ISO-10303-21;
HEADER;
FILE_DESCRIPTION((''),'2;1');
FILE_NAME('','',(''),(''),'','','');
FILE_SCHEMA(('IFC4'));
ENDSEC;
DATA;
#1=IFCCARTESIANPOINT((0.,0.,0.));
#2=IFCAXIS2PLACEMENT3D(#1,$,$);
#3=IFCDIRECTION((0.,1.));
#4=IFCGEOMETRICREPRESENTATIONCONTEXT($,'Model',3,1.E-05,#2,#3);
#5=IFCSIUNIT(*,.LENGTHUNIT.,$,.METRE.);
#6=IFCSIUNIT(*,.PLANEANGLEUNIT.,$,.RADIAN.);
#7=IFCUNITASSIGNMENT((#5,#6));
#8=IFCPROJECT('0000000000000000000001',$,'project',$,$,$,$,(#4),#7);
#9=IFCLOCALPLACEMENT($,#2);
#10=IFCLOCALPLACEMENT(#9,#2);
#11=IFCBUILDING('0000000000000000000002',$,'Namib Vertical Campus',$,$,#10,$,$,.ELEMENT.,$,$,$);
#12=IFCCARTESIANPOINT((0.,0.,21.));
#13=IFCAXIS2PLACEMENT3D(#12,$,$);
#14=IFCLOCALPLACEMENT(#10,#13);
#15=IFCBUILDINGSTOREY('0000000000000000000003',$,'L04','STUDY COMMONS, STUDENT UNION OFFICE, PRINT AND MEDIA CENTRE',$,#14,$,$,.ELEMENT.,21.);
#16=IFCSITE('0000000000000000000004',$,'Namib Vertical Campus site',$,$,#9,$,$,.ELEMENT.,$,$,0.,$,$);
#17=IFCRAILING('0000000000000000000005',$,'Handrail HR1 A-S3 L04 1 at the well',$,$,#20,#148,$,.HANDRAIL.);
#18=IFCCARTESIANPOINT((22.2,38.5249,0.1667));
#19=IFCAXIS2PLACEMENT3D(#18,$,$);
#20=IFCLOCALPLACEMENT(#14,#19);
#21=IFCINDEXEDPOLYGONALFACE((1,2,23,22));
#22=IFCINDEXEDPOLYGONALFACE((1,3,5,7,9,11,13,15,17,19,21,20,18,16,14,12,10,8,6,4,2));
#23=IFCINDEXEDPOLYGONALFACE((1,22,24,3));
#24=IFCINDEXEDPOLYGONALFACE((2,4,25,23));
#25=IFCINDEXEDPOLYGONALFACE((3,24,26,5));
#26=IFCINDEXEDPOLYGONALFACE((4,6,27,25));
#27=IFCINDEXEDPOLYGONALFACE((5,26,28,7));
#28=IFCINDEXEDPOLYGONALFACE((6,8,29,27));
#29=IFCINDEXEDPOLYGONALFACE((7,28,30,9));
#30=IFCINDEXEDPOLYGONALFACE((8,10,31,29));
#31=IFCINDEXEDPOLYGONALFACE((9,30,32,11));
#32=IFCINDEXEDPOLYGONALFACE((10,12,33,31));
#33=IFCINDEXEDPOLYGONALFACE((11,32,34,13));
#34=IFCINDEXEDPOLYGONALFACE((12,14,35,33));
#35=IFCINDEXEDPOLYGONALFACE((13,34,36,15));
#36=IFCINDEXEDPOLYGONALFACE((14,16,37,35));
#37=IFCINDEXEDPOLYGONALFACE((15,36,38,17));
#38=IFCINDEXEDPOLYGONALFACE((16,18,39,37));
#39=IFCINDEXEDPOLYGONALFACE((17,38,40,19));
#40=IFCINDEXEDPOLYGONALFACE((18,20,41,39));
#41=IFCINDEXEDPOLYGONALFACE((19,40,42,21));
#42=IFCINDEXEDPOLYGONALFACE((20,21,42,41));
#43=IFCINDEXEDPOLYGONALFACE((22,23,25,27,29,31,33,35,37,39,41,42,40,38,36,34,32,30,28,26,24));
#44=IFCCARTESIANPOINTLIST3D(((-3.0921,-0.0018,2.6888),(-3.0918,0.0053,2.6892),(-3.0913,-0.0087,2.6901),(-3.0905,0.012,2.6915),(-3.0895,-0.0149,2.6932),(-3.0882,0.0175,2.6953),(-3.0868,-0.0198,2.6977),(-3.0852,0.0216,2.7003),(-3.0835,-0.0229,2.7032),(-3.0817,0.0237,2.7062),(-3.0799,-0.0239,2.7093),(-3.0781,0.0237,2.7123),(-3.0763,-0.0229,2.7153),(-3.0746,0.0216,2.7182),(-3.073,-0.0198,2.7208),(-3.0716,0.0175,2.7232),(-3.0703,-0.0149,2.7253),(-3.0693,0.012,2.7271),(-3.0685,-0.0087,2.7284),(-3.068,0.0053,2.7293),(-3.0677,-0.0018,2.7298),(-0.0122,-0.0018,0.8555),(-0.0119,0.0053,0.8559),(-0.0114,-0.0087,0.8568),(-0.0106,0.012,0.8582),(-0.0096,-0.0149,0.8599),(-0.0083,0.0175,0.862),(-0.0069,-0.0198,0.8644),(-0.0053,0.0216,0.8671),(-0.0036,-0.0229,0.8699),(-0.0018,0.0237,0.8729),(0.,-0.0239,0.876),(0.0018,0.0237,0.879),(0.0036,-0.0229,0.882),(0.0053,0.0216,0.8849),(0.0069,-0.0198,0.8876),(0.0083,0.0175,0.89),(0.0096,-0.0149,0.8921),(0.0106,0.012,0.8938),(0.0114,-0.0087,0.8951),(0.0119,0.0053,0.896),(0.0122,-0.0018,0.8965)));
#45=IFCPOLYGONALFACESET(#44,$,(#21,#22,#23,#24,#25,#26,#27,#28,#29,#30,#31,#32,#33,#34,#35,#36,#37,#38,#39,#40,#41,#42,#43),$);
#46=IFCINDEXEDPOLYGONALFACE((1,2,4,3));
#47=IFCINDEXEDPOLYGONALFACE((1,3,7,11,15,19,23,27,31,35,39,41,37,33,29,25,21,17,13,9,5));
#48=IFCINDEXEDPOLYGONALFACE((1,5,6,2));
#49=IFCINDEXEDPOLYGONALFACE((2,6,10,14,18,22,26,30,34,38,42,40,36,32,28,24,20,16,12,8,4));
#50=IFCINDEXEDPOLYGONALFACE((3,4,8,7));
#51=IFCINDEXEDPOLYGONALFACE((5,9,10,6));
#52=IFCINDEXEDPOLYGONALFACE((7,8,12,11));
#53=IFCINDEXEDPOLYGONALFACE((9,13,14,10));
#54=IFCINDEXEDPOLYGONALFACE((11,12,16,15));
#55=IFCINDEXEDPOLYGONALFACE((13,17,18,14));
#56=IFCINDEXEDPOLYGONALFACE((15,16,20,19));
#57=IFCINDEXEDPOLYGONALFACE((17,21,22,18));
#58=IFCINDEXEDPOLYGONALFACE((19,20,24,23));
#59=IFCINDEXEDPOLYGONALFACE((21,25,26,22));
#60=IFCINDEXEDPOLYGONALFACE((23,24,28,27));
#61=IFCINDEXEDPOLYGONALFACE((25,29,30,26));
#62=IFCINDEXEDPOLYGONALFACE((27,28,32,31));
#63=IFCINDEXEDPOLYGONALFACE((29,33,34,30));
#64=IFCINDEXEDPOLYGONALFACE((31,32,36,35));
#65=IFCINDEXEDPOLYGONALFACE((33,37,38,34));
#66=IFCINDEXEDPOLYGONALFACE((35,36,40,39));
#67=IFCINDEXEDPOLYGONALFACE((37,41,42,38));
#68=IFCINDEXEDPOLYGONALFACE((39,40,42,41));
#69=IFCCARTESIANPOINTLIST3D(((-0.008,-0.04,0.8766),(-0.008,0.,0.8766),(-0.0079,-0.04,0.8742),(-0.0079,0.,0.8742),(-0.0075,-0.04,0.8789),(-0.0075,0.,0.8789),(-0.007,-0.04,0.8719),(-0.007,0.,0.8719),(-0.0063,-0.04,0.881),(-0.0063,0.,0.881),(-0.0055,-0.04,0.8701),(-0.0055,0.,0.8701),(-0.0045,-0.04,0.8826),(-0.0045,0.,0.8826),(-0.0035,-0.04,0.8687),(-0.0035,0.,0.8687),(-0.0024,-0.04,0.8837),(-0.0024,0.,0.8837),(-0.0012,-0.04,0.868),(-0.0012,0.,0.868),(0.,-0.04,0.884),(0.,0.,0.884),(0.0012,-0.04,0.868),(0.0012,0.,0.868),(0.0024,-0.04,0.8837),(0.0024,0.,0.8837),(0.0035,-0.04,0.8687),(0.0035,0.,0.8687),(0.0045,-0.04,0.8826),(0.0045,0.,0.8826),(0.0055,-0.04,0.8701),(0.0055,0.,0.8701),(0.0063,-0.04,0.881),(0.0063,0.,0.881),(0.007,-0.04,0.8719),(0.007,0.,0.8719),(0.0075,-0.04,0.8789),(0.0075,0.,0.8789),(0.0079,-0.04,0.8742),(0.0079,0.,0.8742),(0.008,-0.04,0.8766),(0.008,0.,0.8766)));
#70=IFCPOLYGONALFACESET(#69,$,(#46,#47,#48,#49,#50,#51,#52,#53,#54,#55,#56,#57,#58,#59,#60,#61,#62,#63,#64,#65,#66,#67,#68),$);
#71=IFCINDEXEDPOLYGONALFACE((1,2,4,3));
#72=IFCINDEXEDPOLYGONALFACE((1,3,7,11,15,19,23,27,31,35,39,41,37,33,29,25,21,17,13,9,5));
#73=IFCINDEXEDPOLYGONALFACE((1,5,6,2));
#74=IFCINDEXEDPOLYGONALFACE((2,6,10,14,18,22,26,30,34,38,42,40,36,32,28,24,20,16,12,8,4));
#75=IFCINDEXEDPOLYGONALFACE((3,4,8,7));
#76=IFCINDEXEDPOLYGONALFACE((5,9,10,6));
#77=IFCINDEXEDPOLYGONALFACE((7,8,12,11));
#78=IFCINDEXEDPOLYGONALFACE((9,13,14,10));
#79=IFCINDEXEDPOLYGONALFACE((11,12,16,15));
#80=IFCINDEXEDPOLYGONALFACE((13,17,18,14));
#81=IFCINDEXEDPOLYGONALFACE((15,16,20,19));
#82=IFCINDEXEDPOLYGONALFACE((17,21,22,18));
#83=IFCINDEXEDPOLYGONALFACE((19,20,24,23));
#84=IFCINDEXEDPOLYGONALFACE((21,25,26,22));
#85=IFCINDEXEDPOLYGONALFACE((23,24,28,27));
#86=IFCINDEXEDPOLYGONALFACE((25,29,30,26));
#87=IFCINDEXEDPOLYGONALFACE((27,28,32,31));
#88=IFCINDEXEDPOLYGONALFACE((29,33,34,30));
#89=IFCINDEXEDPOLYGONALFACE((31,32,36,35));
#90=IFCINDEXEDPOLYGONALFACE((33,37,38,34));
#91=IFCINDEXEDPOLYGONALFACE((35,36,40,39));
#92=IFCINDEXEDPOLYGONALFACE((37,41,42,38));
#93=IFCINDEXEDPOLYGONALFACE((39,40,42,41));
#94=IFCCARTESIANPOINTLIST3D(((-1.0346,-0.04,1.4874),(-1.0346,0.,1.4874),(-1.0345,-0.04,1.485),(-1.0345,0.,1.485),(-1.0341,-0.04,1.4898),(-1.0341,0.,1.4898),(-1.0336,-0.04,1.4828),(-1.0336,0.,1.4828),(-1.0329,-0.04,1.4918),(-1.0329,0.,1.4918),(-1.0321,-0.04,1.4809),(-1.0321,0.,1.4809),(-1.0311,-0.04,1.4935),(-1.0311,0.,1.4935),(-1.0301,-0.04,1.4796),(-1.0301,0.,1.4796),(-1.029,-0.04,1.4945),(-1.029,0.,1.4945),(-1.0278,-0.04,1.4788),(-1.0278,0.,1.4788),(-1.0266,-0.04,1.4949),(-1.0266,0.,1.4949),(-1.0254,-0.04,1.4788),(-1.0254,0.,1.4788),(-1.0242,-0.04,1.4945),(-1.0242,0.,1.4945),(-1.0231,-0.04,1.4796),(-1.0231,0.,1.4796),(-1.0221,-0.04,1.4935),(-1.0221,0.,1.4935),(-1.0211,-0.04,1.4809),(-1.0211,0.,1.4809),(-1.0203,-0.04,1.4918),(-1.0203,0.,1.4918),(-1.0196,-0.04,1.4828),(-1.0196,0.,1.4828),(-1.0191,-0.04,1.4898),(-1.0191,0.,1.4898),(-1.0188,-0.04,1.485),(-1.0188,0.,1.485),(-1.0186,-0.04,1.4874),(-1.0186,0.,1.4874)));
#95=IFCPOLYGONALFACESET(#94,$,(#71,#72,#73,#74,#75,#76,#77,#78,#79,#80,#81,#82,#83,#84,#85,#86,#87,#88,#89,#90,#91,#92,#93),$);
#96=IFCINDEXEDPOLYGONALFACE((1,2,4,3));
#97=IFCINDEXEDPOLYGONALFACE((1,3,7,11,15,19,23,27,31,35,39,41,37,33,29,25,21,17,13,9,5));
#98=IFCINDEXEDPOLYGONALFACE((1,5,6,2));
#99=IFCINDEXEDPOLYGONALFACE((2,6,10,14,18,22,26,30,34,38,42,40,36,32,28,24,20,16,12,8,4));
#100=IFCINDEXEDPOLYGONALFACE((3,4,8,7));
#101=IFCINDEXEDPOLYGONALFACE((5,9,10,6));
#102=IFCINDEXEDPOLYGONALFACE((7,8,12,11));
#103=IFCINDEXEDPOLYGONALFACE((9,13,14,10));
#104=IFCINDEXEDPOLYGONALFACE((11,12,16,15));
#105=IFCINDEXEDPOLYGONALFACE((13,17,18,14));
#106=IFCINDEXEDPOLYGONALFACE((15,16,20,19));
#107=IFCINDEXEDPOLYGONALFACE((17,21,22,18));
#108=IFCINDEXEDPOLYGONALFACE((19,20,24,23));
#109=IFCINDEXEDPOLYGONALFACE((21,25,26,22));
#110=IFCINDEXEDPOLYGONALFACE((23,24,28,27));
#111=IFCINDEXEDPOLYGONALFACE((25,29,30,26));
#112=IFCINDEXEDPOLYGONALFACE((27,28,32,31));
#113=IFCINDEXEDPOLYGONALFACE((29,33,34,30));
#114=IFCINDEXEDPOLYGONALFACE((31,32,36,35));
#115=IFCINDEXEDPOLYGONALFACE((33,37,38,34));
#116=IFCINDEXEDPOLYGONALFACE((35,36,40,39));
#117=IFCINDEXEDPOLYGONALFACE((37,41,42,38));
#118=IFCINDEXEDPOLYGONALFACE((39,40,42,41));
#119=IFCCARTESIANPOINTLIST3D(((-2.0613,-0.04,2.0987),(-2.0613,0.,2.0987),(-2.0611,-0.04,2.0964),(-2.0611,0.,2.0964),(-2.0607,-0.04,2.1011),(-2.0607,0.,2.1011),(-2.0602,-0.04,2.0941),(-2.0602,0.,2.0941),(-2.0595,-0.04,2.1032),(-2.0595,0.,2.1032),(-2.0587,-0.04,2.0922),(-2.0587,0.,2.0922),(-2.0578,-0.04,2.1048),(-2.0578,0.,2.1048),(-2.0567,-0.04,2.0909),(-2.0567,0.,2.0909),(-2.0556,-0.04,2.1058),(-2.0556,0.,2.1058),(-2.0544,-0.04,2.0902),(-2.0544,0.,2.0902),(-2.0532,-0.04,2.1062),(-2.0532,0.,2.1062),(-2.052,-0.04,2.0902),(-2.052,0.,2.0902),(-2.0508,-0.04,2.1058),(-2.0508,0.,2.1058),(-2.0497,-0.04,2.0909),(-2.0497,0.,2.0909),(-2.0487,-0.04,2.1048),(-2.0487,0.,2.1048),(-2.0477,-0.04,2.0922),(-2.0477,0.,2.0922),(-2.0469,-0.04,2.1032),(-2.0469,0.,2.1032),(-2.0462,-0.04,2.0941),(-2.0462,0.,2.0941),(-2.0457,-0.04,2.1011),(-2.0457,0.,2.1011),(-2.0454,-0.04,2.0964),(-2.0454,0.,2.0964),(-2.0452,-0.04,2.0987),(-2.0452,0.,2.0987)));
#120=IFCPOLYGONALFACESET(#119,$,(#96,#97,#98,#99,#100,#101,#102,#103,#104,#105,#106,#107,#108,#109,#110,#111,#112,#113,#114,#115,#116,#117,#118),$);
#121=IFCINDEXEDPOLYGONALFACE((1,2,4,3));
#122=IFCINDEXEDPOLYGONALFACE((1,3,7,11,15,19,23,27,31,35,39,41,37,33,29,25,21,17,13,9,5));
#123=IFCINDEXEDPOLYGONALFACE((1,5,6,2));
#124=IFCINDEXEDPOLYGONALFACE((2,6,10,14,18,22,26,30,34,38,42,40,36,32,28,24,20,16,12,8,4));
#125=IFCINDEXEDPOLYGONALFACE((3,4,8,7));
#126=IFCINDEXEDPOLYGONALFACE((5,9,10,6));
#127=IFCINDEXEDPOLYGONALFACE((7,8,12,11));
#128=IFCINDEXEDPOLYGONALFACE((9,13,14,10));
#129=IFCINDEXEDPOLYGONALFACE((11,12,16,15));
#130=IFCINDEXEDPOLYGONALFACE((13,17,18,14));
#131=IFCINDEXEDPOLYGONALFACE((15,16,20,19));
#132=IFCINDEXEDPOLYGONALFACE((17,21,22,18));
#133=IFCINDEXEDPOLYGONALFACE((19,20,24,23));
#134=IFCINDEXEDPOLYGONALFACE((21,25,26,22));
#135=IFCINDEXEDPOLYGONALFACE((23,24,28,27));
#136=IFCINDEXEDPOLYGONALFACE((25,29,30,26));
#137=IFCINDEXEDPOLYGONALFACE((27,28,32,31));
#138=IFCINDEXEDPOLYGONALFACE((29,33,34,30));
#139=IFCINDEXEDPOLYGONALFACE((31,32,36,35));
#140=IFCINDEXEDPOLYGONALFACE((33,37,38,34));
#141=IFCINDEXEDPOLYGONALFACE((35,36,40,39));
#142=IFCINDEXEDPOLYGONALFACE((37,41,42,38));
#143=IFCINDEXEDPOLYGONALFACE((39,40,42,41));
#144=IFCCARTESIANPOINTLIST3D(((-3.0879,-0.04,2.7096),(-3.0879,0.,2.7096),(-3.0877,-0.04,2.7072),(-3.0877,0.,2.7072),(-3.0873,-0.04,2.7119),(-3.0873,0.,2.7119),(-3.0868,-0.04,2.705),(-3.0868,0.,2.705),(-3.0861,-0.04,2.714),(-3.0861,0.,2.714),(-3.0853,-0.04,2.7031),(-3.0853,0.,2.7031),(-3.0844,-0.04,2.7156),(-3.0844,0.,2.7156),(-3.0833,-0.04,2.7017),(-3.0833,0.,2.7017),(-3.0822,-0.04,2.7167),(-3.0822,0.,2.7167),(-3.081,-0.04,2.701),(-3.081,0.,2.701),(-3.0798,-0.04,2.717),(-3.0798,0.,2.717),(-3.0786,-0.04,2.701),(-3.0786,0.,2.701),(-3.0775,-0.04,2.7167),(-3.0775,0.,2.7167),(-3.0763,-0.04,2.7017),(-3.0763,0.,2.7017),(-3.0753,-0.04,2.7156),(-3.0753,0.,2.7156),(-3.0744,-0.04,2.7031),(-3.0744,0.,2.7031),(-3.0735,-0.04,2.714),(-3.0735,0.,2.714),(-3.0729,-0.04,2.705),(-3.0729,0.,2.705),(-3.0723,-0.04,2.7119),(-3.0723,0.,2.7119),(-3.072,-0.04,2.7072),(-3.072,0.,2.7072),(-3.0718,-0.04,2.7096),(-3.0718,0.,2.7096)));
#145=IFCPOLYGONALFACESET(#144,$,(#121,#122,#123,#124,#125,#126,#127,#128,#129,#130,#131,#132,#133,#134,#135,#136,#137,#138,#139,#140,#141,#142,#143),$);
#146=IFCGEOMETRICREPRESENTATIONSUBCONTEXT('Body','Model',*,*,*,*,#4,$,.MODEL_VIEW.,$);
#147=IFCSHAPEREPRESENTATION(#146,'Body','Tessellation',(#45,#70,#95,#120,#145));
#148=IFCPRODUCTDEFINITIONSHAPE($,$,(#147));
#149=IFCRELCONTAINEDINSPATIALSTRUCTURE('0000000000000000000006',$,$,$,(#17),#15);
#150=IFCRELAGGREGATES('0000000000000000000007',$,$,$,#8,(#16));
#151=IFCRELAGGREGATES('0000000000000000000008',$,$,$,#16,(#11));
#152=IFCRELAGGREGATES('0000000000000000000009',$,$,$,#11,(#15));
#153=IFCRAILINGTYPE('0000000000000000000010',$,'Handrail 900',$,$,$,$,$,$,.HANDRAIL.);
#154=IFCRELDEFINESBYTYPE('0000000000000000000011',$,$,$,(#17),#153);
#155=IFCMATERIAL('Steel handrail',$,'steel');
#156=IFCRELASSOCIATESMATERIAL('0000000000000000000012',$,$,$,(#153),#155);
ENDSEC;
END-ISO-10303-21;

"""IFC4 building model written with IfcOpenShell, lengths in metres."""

from ifc_helpers import new_model, si_unit, direction, frame, origin, origin_2d, place, context, subcontext, project, spatial, circle, extrude, material, type_object, element, save


model = new_model("IFC4")

# Units and contexts
model_context = context("Model", 3, precision=1e-05, world=origin(), true_north=direction((0.0, 1.0)))
body_context = subcontext(model_context, "Body", "Model", "MODEL_VIEW")
ifc_project = project(units=[si_unit("LENGTHUNIT", "METRE"), si_unit("PLANEANGLEUNIT", "RADIAN")], contexts=[model_context])

# Site, building, storey
site_placement = place(None, origin())
site = spatial("IfcSite", under=ifc_project, at=site_placement, Name="Namib Vertical Campus site", CompositionType="ELEMENT", RefElevation=0.0)
building_placement = place(site_placement, origin())
building = spatial("IfcBuilding", under=site, at=building_placement, Name="Namib Vertical Campus", CompositionType="ELEMENT")
storey_placement = place(building_placement, frame((0.0, 0.0, 21.0)))
storey = spatial("IfcBuildingStorey", under=building, at=storey_placement, Name="L04", Description="STUDY COMMONS, STUDENT UNION OFFICE, PRINT AND MEDIA CENTRE", CompositionType="ELEMENT", Elevation=21.0)

# Railing
ifc_material_1 = material(Name="Steel handrail", Category="steel")
railing_type_1 = type_object("IfcRailingType", Name="Handrail 900", PredefinedType="HANDRAIL", material=ifc_material_1)
railing_1_placement = place(storey_placement, frame((22.2, 38.5249, 0.1667)))
element("IfcRailing", 1, at=railing_1_placement, inside=storey, type_object=railing_type_1, Name="Handrail HR1 A-S3 L04 1 at the well", PredefinedType="HANDRAIL", context=body_context, shape_type="SweptSolid", body=[
    extrude(circle(Radius=0.0239, at=origin_2d()), frame((0.0, 0.0, 0.876), z_axis=(-0.859291, 0.0, 0.511487), x_axis=(0.0, -1.0, 0.0)), (0.0, 0.0, 1.0), 3.5842),
    extrude(circle(Radius=0.0081, at=origin_2d()), frame((0.0, 0.0, 0.876), z_axis=(0.0, -1.0, 0.0), x_axis=(0.0, 0.0, 1.0)), (0.0, 0.0, 1.0), 0.04),
    extrude(circle(Radius=0.0081, at=origin_2d()), frame((-1.0266, 0.0, 1.4868), z_axis=(0.0, -1.0, 0.0), x_axis=(0.0, 0.0, 1.0)), (0.0, 0.0, 1.0), 0.04),
    extrude(circle(Radius=0.0081, at=origin_2d()), frame((-2.0532, 0.0, 2.0981), z_axis=(0.0, -1.0, 0.0), x_axis=(0.0, 0.0, 1.0)), (0.0, 0.0, 1.0), 0.04),
    extrude(circle(Radius=0.0081, at=origin_2d()), frame((-3.0798, 0.0, 2.709), z_axis=(0.0, -1.0, 0.0), x_axis=(0.0, 0.0, 1.0)), (0.0, 0.0, 1.0), 0.04),
])

save(model, "model.ifc")
